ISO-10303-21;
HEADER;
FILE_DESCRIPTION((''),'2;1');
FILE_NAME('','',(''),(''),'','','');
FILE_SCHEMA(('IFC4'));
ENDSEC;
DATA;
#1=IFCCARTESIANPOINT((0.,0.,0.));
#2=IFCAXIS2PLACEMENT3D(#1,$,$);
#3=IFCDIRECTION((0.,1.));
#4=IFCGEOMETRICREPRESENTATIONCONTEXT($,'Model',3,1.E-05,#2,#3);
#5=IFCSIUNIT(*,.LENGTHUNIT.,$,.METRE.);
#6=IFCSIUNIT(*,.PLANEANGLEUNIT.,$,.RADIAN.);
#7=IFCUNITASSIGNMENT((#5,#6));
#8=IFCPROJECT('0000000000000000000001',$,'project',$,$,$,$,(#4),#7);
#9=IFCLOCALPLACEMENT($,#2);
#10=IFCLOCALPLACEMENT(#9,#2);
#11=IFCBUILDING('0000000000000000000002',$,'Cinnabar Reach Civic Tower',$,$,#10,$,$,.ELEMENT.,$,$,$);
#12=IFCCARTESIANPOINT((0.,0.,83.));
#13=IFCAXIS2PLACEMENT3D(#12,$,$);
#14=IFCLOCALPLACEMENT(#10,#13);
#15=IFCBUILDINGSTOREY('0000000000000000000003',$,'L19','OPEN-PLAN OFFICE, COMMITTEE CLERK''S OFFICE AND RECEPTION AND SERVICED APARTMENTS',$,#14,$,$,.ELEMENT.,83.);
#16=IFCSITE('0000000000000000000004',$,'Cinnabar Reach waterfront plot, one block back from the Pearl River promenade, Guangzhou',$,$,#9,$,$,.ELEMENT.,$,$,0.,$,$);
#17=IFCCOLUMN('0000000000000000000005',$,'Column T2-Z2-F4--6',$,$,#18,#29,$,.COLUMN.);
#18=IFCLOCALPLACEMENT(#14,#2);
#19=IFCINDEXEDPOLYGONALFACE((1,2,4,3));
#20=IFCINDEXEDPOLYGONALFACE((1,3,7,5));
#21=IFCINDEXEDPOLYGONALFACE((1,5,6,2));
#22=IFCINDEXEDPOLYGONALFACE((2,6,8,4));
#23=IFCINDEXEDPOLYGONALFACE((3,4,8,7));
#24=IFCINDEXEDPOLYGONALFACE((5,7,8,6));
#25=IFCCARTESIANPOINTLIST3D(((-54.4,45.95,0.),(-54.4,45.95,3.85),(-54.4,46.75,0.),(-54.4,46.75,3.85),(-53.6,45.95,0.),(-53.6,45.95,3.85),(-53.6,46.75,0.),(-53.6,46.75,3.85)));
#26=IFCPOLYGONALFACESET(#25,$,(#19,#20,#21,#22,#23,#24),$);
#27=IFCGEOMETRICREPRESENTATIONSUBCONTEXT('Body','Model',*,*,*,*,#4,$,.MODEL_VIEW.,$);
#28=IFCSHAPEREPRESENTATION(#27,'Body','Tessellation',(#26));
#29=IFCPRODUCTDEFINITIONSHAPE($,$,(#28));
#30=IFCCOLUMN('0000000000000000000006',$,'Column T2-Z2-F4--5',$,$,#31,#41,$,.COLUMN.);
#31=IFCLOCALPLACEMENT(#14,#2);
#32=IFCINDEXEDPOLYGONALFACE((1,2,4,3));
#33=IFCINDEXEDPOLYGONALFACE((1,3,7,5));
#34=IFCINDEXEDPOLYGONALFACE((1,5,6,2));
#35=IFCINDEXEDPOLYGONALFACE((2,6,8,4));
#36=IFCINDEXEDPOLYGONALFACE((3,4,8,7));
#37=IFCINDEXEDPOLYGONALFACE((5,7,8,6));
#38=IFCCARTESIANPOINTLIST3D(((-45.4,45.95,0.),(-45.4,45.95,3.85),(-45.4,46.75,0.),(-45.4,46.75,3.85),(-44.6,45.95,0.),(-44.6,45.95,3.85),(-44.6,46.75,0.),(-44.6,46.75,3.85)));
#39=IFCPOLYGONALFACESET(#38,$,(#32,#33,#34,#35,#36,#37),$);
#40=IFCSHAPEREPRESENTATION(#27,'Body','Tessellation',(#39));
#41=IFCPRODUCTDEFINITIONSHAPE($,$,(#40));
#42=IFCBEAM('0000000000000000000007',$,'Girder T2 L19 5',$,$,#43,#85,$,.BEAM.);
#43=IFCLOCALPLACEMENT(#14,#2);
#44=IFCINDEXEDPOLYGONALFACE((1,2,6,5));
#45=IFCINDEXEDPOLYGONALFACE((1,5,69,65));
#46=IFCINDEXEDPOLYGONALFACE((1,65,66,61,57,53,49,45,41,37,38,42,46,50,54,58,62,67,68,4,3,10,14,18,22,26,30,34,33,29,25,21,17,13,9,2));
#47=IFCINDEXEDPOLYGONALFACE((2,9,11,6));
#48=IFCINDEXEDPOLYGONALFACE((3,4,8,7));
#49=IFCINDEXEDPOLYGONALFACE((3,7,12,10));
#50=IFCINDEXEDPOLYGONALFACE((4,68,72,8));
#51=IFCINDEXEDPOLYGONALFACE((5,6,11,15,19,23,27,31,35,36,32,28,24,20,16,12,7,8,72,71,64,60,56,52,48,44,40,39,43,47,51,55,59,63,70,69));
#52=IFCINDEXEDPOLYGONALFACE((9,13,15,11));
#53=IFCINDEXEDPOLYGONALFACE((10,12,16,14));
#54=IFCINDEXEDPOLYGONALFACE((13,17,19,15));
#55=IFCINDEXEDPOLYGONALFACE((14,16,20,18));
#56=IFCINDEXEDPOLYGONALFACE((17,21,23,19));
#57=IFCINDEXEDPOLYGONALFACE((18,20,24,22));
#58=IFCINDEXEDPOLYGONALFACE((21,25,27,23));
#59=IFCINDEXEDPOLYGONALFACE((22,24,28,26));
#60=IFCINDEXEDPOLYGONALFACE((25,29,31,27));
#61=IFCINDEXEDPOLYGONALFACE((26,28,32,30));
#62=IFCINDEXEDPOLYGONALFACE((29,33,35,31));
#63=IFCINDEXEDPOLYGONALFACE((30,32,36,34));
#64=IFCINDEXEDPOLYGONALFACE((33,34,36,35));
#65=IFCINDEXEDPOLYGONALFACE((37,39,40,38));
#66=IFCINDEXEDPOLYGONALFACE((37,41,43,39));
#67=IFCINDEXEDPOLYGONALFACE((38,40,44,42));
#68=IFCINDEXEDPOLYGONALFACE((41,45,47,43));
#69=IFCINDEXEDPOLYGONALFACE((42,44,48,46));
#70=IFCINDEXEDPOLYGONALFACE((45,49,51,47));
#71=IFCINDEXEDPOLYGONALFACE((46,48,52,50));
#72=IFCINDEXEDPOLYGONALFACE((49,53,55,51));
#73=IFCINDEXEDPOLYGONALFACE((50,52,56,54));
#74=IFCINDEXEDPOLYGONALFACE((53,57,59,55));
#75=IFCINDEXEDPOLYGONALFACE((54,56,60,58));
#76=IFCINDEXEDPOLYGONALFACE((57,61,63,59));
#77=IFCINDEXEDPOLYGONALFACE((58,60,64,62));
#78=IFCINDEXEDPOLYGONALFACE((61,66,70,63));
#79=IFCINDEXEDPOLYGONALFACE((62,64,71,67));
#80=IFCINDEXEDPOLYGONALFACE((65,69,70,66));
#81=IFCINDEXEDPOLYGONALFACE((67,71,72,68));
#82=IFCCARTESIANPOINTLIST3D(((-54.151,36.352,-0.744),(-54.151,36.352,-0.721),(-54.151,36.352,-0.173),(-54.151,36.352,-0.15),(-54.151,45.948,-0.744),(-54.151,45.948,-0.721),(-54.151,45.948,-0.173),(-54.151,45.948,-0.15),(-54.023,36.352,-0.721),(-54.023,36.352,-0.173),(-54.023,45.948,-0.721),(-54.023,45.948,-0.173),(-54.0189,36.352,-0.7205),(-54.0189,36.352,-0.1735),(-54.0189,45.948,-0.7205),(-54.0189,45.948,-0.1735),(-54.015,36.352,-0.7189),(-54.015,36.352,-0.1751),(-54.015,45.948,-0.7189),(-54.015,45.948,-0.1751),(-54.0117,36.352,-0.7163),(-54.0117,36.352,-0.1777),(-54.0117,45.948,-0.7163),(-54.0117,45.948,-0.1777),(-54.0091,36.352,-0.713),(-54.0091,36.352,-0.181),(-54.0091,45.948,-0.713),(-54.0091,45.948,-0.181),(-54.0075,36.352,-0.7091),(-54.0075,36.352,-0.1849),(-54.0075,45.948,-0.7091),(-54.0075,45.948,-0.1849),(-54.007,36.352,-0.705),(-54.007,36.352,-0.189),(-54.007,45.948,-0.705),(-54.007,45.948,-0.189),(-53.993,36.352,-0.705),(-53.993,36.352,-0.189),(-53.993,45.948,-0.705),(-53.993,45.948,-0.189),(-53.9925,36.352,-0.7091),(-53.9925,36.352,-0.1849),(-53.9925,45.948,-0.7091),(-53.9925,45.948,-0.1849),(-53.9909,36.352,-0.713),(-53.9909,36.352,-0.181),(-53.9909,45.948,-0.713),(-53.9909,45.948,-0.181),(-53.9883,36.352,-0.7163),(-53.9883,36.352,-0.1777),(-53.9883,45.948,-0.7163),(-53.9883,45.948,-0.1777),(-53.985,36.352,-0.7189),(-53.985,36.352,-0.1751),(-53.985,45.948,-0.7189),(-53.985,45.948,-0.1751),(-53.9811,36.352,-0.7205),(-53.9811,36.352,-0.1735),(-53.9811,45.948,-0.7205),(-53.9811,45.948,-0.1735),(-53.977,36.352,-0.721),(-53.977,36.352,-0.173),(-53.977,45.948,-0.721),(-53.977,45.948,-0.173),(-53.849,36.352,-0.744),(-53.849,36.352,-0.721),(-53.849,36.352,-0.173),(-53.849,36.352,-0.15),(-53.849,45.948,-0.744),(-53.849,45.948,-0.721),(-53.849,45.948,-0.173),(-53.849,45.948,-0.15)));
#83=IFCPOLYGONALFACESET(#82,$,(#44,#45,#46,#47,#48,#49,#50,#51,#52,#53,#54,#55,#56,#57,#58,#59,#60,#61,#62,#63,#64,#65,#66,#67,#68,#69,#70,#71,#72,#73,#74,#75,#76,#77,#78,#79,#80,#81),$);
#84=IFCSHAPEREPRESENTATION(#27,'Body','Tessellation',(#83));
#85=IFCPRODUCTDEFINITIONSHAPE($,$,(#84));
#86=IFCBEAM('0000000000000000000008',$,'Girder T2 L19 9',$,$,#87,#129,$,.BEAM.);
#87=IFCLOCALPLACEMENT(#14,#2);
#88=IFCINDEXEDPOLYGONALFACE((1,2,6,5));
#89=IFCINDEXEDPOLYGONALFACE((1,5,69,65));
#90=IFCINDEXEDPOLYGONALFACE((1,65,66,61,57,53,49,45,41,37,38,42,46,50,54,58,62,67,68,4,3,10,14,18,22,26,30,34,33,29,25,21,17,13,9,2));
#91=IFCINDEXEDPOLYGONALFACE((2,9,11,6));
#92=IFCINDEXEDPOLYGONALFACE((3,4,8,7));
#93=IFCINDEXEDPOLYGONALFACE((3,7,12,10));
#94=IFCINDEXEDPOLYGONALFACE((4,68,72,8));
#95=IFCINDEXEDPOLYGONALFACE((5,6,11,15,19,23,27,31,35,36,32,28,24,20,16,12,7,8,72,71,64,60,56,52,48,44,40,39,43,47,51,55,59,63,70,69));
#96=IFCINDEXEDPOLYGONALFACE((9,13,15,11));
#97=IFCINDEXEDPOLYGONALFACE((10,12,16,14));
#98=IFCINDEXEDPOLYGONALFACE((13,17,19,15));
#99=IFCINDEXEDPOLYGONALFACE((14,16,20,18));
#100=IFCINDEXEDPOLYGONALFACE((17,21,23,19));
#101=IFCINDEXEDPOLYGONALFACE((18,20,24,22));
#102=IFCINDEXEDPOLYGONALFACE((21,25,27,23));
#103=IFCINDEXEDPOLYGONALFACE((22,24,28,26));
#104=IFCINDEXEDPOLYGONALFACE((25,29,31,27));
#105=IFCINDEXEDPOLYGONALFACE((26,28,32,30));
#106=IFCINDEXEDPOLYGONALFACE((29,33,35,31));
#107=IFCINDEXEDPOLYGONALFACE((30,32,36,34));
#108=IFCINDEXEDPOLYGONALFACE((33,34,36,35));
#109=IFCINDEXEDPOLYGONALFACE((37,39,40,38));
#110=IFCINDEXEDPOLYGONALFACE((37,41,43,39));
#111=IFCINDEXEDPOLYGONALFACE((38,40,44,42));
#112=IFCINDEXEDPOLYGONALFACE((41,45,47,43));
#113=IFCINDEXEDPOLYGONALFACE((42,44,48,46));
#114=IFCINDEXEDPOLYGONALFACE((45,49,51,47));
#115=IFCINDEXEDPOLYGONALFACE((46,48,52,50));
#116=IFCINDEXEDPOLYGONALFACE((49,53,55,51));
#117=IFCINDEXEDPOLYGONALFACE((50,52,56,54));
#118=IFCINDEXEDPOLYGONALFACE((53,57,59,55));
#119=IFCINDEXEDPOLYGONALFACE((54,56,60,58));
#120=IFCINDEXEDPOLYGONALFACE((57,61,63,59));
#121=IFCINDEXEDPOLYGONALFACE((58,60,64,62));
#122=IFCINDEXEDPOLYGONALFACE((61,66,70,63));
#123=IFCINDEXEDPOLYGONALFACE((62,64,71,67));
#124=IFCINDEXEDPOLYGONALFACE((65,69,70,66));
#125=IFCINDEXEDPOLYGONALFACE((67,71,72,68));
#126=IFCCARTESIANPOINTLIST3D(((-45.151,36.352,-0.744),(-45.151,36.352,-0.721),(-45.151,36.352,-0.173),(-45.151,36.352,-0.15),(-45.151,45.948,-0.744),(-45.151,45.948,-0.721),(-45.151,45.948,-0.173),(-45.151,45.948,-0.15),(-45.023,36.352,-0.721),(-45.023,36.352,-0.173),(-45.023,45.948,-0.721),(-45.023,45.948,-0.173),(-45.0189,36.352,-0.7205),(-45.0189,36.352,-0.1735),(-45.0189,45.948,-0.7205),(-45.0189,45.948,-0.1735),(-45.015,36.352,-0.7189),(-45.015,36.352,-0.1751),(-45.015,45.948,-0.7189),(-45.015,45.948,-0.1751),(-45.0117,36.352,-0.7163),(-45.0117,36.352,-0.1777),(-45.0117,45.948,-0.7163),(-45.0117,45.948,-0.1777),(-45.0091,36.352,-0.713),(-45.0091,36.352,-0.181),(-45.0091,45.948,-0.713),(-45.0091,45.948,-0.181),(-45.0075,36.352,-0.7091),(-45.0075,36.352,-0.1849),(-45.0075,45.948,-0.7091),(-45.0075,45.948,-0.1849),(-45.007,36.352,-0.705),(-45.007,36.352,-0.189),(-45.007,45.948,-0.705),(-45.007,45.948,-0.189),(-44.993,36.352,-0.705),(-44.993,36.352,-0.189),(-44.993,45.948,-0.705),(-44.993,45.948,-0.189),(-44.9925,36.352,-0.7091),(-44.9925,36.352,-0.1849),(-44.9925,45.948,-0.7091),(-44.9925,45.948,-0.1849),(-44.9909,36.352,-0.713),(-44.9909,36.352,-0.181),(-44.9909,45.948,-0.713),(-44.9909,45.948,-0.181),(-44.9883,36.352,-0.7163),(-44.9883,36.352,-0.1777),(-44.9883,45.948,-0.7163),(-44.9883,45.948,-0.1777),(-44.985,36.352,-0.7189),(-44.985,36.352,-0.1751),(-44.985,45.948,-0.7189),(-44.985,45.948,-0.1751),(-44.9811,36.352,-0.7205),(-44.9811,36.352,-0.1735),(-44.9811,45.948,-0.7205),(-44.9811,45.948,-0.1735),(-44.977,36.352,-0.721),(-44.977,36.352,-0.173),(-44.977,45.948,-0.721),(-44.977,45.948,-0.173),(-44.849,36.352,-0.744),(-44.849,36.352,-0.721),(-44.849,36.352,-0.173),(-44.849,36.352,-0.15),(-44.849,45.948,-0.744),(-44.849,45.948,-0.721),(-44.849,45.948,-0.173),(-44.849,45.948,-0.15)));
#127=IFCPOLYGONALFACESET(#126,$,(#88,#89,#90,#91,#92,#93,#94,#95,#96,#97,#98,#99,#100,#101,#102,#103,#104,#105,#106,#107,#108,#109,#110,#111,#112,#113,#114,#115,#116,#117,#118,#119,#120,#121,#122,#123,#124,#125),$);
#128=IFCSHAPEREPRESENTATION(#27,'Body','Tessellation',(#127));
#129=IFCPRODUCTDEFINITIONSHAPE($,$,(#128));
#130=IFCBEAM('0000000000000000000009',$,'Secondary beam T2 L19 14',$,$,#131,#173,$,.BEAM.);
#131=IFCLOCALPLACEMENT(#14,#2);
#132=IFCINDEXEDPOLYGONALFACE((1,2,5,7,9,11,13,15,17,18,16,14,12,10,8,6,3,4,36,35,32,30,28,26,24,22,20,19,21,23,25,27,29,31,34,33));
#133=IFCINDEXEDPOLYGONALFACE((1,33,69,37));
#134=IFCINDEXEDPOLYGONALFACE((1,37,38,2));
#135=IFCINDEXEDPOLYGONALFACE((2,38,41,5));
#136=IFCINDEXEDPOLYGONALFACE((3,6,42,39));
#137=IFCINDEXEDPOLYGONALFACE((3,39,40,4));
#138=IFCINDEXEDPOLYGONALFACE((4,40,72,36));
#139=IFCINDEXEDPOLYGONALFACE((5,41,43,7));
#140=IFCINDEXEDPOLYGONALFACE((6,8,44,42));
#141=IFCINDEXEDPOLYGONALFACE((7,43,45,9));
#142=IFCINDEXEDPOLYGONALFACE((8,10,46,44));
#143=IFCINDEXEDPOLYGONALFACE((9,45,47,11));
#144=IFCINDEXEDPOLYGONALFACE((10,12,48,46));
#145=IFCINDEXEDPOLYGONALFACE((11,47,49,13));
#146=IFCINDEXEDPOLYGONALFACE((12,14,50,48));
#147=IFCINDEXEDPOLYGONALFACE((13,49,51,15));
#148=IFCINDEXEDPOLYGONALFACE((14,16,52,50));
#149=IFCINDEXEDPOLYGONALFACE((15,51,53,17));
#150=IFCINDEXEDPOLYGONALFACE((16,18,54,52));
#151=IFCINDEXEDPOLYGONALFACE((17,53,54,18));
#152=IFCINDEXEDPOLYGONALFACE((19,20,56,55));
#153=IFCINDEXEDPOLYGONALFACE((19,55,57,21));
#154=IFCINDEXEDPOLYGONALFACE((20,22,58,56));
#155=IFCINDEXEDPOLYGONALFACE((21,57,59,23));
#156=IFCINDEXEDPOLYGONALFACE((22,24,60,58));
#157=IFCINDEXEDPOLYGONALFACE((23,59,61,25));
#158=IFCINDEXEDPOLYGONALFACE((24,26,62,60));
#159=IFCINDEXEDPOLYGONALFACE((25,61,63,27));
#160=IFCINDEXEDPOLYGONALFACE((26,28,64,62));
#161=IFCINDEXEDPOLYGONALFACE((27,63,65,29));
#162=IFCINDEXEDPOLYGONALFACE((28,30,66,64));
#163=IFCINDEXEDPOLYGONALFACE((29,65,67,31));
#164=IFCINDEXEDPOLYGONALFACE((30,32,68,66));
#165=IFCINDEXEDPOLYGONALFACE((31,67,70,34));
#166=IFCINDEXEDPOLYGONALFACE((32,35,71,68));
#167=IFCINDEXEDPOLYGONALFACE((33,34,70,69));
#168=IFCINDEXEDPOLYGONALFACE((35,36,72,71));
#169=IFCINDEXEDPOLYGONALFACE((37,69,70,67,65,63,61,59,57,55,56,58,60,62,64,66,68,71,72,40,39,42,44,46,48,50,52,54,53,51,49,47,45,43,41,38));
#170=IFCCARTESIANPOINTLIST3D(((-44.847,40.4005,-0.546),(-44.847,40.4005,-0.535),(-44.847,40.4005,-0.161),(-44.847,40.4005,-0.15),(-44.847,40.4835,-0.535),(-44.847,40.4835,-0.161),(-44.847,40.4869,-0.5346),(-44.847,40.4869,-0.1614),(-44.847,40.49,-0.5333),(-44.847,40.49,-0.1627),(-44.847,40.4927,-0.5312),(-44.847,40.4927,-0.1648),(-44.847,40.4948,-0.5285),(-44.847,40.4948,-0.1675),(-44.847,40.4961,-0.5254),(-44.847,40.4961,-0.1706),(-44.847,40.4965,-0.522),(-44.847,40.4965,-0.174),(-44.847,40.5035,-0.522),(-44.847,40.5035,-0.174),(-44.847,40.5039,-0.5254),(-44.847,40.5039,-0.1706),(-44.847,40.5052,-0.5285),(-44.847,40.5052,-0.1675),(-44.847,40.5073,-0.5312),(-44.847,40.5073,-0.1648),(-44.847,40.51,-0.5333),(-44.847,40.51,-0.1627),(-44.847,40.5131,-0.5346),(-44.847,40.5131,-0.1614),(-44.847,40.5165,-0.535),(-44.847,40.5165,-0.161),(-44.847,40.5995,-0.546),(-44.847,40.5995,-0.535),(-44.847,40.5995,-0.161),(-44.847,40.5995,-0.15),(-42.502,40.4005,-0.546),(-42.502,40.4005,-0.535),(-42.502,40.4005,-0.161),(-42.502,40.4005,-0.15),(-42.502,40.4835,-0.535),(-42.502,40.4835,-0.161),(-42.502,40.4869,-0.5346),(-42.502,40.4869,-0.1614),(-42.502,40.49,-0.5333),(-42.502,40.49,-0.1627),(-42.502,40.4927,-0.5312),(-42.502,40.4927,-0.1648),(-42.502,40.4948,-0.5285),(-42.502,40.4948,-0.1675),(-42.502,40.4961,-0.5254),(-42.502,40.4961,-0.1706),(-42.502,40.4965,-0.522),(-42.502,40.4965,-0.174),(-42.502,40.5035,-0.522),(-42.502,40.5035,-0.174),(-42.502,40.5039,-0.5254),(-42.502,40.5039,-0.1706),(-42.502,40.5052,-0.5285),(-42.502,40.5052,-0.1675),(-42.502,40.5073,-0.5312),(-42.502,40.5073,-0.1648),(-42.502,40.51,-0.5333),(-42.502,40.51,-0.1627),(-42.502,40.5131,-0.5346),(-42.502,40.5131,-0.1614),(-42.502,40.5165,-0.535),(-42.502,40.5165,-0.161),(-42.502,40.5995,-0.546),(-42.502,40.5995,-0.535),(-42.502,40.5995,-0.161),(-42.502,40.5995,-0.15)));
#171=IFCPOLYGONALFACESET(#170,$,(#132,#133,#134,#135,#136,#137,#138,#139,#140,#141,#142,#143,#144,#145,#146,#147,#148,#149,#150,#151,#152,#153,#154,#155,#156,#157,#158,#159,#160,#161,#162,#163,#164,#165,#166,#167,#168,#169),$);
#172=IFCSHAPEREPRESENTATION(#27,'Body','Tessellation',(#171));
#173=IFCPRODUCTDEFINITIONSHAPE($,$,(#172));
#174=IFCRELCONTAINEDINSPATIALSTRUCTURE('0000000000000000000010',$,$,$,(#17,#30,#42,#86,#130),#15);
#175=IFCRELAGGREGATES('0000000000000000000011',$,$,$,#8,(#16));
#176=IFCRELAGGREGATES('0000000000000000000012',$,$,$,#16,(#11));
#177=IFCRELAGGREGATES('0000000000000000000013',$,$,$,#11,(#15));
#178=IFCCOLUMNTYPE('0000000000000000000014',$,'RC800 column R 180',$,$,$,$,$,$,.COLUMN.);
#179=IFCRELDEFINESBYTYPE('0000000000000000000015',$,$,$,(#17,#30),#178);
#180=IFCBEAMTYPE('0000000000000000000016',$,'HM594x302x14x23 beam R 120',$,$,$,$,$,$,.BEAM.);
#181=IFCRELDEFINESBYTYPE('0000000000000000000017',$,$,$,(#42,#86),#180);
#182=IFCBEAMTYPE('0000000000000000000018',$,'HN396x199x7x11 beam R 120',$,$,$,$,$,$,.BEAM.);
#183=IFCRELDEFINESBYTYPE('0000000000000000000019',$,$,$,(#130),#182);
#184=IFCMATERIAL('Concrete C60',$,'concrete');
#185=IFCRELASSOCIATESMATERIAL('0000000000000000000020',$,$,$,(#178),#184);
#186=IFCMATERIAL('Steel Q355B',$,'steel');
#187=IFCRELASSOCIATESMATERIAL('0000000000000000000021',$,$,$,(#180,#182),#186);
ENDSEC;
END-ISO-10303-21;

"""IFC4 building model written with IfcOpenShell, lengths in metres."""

from ifc_helpers import new_model, si_unit, direction, frame, origin, origin_2d, place, context, subcontext, project, spatial, rectangle, i_section, extrude, material, material_profile, profile_set, type_object, element, save


model = new_model("IFC4")

# Units and contexts
model_context = context("Model", 3, precision=1e-05, world=origin(), true_north=direction((0.0, 1.0)))
body_context = subcontext(model_context, "Body", "Model", "MODEL_VIEW")
ifc_project = project(units=[si_unit("LENGTHUNIT", "METRE"), si_unit("PLANEANGLEUNIT", "RADIAN")], contexts=[model_context])

# Site, building, storey
site_placement = place(None, origin())
site = spatial("IfcSite", under=ifc_project, at=site_placement, Name="Cinnabar Reach waterfront plot, one block back from the Pearl River promenade, Guangzhou", CompositionType="ELEMENT", RefElevation=0.0)
building_placement = place(site_placement, origin())
building = spatial("IfcBuilding", under=site, at=building_placement, Name="Cinnabar Reach Civic Tower", CompositionType="ELEMENT")
storey_placement = place(building_placement, frame((0.0, 0.0, 83.0)))
storey = spatial("IfcBuildingStorey", under=building, at=storey_placement, Name="L19", Description="OPEN-PLAN OFFICE, COMMITTEE CLERK'S OFFICE AND RECEPTION AND SERVICED APARTMENTS", CompositionType="ELEMENT", Elevation=83.0)

# Columns
ifc_material_1 = material(Name="Concrete C60", Category="concrete")
ifc_material_profile_1 = material_profile(ifc_material_1, rectangle(XDim=0.8, YDim=0.8, at=origin_2d()), Name="RC800")
ifc_profile_set_1 = profile_set([ifc_material_profile_1], Name="Concrete C60")
column_type = type_object("IfcColumnType", Name="RC800 column R 180", PredefinedType="COLUMN", material=ifc_profile_set_1)
for number, where, z_axis, x_axis, name in (
    (1, (-54.0, 46.35, 0.0), (0.0, 0.0, 1.0), (1.0, 0.0, 0.0), "Column T2-Z2-F4--6"),
    (2, (-45.0, 46.35, 0.0), (0.0, 0.0, 1.0), (1.0, 0.0, 0.0), "Column T2-Z2-F4--5"),
):
    element("IfcColumn", number, at=place(storey_placement, frame(where, z_axis=z_axis, x_axis=x_axis)), inside=storey, type_object=column_type, Name=name, PredefinedType="COLUMN", context=body_context, shape_type="SweptSolid", body=[
        extrude(rectangle(XDim=0.8, YDim=0.8, at=origin_2d()), origin(), (0.0, 0.0, 1.0), 3.85),
    ])

# Beams
ifc_material_2 = material(Name="Steel Q355B", Category="steel")
ifc_material_profile_2 = material_profile(ifc_material_2, i_section(OverallWidth=0.302, OverallDepth=0.594, WebThickness=0.014, FlangeThickness=0.023, FilletRadius=0.016, at=origin_2d()), Name="HM594x302x14x23")
ifc_profile_set_2 = profile_set([ifc_material_profile_2], Name="Steel Q355B")
beam_type_1 = type_object("IfcBeamType", Name="HM594x302x14x23 beam R 120", PredefinedType="BEAM", material=ifc_profile_set_2)
for number, where, z_axis, x_axis, name in (
    (3, (-54.0, 36.352, -0.447), (0.0, 1.0, 0.0), (-1.0, 0.0, 0.0), "Girder T2 L19 5"),
    (4, (-45.0, 36.352, -0.447), (0.0, 1.0, 0.0), (-1.0, 0.0, 0.0), "Girder T2 L19 9"),
):
    element("IfcBeam", number, at=place(storey_placement, frame(where, z_axis=z_axis, x_axis=x_axis)), inside=storey, type_object=beam_type_1, Name=name, PredefinedType="BEAM", context=body_context, shape_type="SweptSolid", body=[
        extrude(i_section(OverallWidth=0.302, OverallDepth=0.594, WebThickness=0.014, FlangeThickness=0.023, FilletRadius=0.016, at=origin_2d()), origin(), (0.0, 0.0, 1.0), 9.596),
    ])
ifc_material_profile_3 = material_profile(ifc_material_2, i_section(OverallWidth=0.199, OverallDepth=0.396, WebThickness=0.007, FlangeThickness=0.011, FilletRadius=0.013, at=origin_2d()), Name="HN396x199x7x11")
ifc_profile_set_3 = profile_set([ifc_material_profile_3], Name="Steel Q355B")
beam_type_2 = type_object("IfcBeamType", Name="HN396x199x7x11 beam R 120", PredefinedType="BEAM", material=ifc_profile_set_3)
beam_1_placement = place(storey_placement, frame((-44.847, 40.5, -0.348), z_axis=(1.0, 0.0, 0.0), x_axis=(0.0, 1.0, 0.0)))
element("IfcBeam", 5, at=beam_1_placement, inside=storey, type_object=beam_type_2, Name="Secondary beam T2 L19 14", PredefinedType="BEAM", context=body_context, shape_type="SweptSolid", body=[
    extrude(i_section(OverallWidth=0.199, OverallDepth=0.396, WebThickness=0.007, FlangeThickness=0.011, FilletRadius=0.013, at=origin_2d()), origin(), (0.0, 0.0, 1.0), 2.345),
])

save(model, "model.ifc")
